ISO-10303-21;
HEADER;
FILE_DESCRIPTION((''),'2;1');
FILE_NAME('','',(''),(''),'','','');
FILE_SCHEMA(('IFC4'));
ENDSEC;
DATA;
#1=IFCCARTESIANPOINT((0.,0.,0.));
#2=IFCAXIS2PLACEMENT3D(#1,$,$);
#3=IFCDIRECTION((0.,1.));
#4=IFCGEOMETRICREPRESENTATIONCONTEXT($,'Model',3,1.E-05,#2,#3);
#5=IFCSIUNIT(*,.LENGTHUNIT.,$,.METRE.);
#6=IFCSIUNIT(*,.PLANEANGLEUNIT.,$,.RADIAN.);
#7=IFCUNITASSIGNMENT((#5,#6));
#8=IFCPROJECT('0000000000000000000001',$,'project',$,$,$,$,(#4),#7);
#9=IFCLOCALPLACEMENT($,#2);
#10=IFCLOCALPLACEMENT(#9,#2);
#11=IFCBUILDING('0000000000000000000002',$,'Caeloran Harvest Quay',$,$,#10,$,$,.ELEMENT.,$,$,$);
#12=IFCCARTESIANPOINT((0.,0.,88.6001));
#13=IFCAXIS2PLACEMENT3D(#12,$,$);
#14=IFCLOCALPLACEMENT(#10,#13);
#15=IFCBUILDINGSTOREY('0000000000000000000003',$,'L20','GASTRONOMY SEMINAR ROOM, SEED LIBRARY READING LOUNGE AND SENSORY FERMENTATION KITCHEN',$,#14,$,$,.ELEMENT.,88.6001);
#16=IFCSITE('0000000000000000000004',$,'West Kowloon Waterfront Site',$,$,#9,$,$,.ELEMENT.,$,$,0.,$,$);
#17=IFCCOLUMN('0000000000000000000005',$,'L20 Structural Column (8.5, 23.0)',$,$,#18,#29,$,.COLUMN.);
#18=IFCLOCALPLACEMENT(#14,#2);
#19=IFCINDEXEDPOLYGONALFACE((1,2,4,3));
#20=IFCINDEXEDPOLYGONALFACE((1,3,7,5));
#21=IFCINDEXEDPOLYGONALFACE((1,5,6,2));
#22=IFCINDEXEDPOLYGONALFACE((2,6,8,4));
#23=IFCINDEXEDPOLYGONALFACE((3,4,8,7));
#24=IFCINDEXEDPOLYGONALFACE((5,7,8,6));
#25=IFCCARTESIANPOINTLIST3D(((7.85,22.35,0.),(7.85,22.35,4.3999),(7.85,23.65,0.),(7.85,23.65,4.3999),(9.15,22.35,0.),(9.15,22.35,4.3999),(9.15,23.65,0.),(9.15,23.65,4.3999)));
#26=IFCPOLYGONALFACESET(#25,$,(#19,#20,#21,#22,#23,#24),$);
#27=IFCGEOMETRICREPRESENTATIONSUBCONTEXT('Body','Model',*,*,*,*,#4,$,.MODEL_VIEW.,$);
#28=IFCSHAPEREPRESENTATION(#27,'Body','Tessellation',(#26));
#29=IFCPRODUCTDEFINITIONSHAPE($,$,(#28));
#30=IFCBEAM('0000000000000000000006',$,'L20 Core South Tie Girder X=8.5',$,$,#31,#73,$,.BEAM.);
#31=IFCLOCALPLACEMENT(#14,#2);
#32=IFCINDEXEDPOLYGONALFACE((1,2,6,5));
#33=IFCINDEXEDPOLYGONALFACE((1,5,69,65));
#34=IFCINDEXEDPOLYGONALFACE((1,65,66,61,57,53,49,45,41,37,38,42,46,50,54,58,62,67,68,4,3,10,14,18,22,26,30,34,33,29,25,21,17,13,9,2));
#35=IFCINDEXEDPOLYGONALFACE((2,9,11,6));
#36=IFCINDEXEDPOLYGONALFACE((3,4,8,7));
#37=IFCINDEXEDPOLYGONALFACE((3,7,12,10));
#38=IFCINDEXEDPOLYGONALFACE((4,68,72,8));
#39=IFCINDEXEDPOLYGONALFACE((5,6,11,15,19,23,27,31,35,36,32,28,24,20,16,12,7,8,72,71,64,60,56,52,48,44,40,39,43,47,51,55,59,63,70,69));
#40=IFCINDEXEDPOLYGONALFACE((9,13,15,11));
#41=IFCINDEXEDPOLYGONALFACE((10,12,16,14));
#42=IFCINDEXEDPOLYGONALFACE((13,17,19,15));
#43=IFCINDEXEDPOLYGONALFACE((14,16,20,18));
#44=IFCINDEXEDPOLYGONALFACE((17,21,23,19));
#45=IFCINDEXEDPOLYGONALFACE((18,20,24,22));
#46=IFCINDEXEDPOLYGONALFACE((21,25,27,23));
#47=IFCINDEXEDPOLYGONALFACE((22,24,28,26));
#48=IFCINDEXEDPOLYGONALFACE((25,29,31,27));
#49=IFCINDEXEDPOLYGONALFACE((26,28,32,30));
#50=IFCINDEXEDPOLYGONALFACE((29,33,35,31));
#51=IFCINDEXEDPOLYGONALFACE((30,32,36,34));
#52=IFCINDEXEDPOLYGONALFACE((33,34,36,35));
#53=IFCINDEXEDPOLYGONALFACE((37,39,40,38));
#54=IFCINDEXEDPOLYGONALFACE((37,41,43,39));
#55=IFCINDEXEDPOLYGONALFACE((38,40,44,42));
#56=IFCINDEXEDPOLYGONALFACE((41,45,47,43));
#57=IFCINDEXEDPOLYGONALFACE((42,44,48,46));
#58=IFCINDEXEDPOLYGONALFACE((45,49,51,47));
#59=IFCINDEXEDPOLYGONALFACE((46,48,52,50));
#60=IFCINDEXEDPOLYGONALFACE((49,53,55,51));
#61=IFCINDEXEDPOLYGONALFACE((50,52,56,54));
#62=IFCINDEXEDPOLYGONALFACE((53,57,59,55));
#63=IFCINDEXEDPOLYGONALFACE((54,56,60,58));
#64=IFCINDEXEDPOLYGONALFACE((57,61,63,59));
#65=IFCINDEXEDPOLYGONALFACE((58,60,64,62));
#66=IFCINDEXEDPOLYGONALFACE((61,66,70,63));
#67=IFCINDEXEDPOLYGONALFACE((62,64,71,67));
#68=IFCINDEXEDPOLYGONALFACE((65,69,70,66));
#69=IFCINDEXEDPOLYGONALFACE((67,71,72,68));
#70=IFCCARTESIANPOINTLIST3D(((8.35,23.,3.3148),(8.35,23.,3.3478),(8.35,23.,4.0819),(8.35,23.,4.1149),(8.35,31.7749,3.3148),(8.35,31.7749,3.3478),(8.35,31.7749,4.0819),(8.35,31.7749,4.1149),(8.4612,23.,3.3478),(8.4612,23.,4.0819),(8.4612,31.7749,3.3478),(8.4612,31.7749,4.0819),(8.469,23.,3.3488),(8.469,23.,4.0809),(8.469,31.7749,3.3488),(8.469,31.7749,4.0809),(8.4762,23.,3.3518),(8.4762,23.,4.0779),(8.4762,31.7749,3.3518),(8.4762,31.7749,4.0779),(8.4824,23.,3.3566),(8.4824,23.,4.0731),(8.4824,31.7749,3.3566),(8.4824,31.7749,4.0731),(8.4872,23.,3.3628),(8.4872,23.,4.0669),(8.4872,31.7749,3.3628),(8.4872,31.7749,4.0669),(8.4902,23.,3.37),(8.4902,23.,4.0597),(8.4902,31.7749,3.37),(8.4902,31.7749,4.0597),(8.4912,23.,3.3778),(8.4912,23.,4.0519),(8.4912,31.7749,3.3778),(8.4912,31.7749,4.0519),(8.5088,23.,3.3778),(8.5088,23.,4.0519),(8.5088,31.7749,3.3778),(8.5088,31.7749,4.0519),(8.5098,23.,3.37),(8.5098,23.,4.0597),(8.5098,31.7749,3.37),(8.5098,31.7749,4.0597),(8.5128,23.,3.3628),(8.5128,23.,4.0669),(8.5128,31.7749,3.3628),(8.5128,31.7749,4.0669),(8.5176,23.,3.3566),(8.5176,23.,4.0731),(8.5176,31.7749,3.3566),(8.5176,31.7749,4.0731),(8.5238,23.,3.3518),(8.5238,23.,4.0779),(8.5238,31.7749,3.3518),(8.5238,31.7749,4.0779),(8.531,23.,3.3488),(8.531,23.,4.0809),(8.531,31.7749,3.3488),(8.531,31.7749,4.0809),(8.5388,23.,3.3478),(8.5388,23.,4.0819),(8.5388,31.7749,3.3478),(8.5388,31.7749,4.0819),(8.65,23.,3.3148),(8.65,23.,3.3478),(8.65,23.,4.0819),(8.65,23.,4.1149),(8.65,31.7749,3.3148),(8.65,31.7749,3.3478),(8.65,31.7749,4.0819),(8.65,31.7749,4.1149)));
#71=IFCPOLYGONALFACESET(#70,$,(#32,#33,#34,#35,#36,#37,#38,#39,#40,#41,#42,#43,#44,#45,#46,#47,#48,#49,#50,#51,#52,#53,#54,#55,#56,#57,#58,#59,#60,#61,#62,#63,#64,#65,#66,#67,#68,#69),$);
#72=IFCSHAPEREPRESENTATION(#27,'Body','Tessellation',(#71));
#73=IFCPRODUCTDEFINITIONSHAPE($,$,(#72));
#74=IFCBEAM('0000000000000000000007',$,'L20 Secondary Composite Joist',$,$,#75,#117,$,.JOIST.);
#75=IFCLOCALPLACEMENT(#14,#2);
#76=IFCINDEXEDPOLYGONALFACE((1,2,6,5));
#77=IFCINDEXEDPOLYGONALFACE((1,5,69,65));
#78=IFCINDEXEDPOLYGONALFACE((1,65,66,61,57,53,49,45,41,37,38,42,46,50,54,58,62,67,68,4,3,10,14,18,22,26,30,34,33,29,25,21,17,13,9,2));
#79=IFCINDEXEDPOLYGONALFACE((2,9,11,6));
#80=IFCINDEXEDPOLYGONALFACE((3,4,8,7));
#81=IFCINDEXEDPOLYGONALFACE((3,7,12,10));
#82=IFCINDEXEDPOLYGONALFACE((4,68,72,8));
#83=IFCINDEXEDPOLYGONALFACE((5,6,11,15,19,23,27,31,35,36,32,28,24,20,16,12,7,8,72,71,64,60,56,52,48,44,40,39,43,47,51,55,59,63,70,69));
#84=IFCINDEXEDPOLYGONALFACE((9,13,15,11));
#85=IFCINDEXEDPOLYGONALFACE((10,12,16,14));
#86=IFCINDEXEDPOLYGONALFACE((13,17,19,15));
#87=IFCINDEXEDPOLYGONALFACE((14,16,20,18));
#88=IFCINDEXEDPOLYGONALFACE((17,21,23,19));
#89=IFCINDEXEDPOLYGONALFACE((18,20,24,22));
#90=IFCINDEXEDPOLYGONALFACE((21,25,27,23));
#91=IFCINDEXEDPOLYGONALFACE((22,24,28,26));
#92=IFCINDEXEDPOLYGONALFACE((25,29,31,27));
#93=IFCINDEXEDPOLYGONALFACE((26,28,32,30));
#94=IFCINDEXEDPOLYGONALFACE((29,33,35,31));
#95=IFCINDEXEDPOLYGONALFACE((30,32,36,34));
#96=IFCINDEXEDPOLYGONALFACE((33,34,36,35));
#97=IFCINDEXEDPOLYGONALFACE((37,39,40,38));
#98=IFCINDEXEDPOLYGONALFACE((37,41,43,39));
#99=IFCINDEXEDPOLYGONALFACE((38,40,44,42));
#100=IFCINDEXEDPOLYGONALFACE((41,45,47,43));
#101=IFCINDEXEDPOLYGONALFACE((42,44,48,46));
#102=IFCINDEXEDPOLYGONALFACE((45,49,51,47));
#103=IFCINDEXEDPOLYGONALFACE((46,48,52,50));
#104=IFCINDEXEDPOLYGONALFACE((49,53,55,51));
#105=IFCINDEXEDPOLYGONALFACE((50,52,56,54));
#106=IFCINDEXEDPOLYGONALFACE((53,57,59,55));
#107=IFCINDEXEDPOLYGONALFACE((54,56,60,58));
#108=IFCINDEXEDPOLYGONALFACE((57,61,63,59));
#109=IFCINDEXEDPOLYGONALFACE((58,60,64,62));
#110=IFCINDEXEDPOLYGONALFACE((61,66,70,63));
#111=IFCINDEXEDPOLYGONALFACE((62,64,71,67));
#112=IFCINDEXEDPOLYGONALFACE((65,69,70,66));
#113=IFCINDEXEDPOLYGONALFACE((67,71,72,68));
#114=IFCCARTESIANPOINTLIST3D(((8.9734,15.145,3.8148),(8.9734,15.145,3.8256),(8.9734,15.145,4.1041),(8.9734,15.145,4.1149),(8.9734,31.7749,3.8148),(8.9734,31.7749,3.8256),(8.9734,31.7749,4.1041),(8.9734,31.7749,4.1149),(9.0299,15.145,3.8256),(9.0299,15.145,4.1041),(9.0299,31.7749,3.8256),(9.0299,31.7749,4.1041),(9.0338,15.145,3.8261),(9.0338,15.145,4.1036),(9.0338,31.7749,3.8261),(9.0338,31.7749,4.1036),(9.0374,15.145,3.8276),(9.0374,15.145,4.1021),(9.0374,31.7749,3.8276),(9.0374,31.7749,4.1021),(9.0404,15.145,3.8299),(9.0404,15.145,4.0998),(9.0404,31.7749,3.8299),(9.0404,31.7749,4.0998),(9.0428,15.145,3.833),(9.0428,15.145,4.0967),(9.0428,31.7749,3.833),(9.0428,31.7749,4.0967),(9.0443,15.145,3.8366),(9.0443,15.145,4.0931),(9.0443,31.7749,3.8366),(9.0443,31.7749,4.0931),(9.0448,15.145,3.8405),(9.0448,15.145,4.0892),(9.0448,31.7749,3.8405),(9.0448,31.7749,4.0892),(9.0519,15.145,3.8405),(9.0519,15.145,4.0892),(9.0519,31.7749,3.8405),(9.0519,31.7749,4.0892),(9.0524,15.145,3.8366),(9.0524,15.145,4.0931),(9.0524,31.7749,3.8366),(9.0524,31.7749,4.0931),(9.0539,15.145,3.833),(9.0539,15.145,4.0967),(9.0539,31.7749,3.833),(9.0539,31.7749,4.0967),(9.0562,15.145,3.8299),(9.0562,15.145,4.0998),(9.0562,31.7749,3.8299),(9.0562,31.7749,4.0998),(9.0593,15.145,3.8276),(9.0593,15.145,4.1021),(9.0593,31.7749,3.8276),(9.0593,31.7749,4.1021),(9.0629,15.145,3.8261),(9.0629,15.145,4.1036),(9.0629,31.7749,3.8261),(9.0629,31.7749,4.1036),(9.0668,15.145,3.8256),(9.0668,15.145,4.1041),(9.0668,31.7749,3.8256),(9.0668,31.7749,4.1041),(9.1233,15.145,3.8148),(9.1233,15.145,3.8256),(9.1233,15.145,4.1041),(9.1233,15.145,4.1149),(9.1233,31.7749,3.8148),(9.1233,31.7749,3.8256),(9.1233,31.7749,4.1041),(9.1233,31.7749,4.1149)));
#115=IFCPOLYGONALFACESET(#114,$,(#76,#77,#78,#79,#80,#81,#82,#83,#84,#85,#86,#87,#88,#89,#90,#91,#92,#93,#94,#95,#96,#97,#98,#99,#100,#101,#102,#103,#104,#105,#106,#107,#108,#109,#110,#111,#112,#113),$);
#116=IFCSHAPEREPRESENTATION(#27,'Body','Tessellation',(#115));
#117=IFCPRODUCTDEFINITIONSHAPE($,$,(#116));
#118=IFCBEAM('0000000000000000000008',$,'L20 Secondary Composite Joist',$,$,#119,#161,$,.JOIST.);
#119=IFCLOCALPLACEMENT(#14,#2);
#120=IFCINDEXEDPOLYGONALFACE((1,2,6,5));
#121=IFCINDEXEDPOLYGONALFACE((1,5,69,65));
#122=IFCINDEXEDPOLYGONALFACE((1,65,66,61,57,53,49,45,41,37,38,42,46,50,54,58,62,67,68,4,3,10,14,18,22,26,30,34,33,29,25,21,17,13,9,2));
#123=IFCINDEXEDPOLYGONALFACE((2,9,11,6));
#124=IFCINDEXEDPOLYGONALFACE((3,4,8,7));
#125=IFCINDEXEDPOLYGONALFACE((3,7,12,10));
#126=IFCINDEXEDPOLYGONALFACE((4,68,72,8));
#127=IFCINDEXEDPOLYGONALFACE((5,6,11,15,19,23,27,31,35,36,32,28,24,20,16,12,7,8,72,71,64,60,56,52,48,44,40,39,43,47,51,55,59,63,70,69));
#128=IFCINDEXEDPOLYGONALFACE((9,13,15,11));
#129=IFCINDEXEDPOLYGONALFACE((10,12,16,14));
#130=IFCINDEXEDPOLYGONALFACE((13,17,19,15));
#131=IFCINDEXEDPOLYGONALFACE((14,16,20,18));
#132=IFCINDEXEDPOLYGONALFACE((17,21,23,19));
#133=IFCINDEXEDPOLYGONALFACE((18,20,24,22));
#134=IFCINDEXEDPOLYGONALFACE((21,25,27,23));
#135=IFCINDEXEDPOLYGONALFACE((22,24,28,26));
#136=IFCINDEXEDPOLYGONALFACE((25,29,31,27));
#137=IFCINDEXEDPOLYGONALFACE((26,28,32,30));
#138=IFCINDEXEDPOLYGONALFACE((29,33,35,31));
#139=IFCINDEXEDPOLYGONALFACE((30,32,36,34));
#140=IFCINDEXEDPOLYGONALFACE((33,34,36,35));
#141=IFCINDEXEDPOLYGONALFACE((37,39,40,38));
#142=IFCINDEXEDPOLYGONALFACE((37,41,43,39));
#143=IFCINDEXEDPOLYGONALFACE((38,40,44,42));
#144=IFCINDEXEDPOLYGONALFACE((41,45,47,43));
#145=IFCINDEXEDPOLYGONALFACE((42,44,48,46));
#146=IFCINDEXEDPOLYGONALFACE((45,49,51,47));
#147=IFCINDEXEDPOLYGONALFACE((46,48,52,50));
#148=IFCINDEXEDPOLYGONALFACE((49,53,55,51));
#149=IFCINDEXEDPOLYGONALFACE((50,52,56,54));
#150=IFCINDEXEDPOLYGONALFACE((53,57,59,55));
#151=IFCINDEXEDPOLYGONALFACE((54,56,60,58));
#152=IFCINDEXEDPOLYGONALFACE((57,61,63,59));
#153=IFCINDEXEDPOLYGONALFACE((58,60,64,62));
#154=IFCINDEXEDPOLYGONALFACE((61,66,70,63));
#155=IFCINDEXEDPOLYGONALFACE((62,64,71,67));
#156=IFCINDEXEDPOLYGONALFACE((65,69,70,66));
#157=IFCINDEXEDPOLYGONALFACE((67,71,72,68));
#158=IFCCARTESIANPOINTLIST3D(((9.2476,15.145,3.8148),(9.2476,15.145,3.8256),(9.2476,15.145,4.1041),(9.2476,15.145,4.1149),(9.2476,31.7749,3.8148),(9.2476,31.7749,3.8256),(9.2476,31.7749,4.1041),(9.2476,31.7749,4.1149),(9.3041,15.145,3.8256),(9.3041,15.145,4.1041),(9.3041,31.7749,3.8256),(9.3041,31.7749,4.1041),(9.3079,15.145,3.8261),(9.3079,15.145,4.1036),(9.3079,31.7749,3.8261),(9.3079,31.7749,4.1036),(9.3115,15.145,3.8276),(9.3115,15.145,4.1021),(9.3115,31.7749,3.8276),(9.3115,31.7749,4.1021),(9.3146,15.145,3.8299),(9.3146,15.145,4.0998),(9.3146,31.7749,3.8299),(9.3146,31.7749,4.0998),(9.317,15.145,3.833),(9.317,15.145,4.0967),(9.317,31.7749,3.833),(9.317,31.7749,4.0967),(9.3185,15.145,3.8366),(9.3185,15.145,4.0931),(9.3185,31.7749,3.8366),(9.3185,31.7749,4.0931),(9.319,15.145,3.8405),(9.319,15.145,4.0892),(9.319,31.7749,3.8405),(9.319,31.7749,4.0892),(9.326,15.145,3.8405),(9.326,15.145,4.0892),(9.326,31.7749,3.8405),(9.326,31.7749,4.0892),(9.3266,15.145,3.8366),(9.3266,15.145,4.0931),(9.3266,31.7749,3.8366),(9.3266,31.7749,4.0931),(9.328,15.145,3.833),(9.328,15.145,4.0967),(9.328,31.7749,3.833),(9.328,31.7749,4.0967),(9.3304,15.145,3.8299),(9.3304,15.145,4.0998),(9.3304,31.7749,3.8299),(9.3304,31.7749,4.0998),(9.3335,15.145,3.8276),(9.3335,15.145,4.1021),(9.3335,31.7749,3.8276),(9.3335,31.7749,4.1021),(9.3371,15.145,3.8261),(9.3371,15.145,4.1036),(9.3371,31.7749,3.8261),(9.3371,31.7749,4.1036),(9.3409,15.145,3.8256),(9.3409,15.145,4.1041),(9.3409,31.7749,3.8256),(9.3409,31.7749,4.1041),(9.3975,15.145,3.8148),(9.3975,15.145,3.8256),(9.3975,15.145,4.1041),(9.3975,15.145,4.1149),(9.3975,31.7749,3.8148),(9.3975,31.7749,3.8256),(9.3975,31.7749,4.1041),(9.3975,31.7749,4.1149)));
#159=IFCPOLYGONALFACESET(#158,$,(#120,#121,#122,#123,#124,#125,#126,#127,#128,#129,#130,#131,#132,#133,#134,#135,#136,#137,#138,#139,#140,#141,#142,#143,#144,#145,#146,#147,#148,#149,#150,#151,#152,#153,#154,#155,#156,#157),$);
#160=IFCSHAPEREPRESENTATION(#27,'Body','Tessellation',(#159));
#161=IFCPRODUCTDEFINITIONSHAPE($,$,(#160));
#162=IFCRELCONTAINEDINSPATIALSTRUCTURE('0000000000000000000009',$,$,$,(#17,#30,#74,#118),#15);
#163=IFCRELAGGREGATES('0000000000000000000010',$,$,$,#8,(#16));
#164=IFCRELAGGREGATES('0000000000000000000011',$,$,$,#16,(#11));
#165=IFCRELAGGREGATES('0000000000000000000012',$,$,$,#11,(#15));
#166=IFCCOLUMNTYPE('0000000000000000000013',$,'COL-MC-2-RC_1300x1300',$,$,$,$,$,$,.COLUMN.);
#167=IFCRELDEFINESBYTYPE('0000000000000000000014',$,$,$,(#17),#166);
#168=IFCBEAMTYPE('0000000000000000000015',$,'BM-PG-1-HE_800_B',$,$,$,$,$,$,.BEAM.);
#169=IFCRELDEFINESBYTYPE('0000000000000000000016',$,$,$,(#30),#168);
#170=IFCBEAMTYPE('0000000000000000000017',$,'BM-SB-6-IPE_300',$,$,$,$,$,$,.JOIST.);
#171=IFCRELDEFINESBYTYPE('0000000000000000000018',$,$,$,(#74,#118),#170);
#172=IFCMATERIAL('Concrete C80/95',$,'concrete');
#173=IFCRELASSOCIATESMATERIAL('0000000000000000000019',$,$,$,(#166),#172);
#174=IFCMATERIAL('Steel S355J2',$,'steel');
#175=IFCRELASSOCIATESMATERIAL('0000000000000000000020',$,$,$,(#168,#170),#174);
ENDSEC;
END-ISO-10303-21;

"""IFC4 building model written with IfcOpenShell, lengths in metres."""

from ifc_helpers import new_model, si_unit, direction, frame, origin, origin_2d, place, context, subcontext, project, spatial, rectangle, i_section, extrude, material, material_profile, profile_set, type_object, element, save


model = new_model("IFC4")

# Units and contexts
model_context = context("Model", 3, precision=1e-05, world=origin(), true_north=direction((0.0, 1.0)))
body_context = subcontext(model_context, "Body", "Model", "MODEL_VIEW")
ifc_project = project(units=[si_unit("LENGTHUNIT", "METRE"), si_unit("PLANEANGLEUNIT", "RADIAN")], contexts=[model_context])

# Site, building, storey
site_placement = place(None, origin())
site = spatial("IfcSite", under=ifc_project, at=site_placement, Name="West Kowloon Waterfront Site", CompositionType="ELEMENT", RefElevation=0.0)
building_placement = place(site_placement, origin())
building = spatial("IfcBuilding", under=site, at=building_placement, Name="Caeloran Harvest Quay", CompositionType="ELEMENT")
storey_placement = place(building_placement, frame((0.0, 0.0, 88.6001)))
storey = spatial("IfcBuildingStorey", under=building, at=storey_placement, Name="L20", Description="GASTRONOMY SEMINAR ROOM, SEED LIBRARY READING LOUNGE AND SENSORY FERMENTATION KITCHEN", CompositionType="ELEMENT", Elevation=88.6001)

# Column
ifc_material_1 = material(Name="Concrete C80/95", Category="concrete")
ifc_material_profile_1 = material_profile(ifc_material_1, rectangle(XDim=1.3, YDim=1.3, at=origin_2d()), Name="RC 1300x1300")
ifc_profile_set_1 = profile_set([ifc_material_profile_1], Name="Concrete C80/95")
column_type = type_object("IfcColumnType", Name="COL-MC-2-RC_1300x1300", PredefinedType="COLUMN", material=ifc_profile_set_1)
column_placement = place(storey_placement, frame((8.5, 23.0, 0.0), z_axis=(0.0, 0.0, 1.0), x_axis=(1.0, 0.0, 0.0)))
element("IfcColumn", 1, at=column_placement, inside=storey, type_object=column_type, Name="L20 Structural Column (8.5, 23.0)", PredefinedType="COLUMN", context=body_context, shape_type="SweptSolid", body=[
    extrude(rectangle(XDim=1.3, YDim=1.3, at=origin_2d()), origin(), (0.0, 0.0, 1.0), 4.3999),
])

# Beams
ifc_material_2 = material(Name="Steel S355J2", Category="steel")
ifc_material_profile_2 = material_profile(ifc_material_2, i_section(OverallWidth=0.3, OverallDepth=0.8, WebThickness=0.0176, FlangeThickness=0.033, FilletRadius=0.03, at=origin_2d()), Name="HE 800 B")
ifc_profile_set_2 = profile_set([ifc_material_profile_2], Name="Steel S355J2")
beam_type_1 = type_object("IfcBeamType", Name="BM-PG-1-HE_800_B", PredefinedType="BEAM", material=ifc_profile_set_2)
beam_placement = place(storey_placement, frame((8.5, 23.0, 3.7148), z_axis=(0.0, 1.0, 0.0), x_axis=(-1.0, 0.0, 0.0)))
element("IfcBeam", 2, at=beam_placement, inside=storey, type_object=beam_type_1, Name="L20 Core South Tie Girder X=8.5", PredefinedType="BEAM", context=body_context, shape_type="SweptSolid", body=[
    extrude(i_section(OverallWidth=0.3, OverallDepth=0.8, WebThickness=0.0176, FlangeThickness=0.033, FilletRadius=0.03, at=origin_2d()), origin(), (0.0, 0.0, 1.0), 8.7749),
])
ifc_material_profile_3 = material_profile(ifc_material_2, i_section(OverallWidth=0.1499, OverallDepth=0.3, WebThickness=0.0071, FlangeThickness=0.0107, FilletRadius=0.0149, at=origin_2d()), Name="IPE 300")
ifc_profile_set_3 = profile_set([ifc_material_profile_3], Name="Steel S355J2")
beam_type_2 = type_object("IfcBeamType", Name="BM-SB-6-IPE_300", PredefinedType="JOIST", material=ifc_profile_set_3)
for number, where, z_axis, x_axis, name in (
    (3, (9.0483, 15.145, 3.9648), (0.0, 1.0, 0.0), (-1.0, 0.0, 0.0), "L20 Secondary Composite Joist"),
    (4, (9.3225, 15.145, 3.9648), (0.0, 1.0, 0.0), (-1.0, 0.0, 0.0), "L20 Secondary Composite Joist"),
):
    element("IfcBeam", number, at=place(storey_placement, frame(where, z_axis=z_axis, x_axis=x_axis)), inside=storey, type_object=beam_type_2, Name=name, PredefinedType="JOIST", context=body_context, shape_type="SweptSolid", body=[
        extrude(i_section(OverallWidth=0.1499, OverallDepth=0.3, WebThickness=0.0071, FlangeThickness=0.0107, FilletRadius=0.0149, at=origin_2d()), origin(), (0.0, 0.0, 1.0), 16.6299),
    ])

save(model, "model.ifc")
